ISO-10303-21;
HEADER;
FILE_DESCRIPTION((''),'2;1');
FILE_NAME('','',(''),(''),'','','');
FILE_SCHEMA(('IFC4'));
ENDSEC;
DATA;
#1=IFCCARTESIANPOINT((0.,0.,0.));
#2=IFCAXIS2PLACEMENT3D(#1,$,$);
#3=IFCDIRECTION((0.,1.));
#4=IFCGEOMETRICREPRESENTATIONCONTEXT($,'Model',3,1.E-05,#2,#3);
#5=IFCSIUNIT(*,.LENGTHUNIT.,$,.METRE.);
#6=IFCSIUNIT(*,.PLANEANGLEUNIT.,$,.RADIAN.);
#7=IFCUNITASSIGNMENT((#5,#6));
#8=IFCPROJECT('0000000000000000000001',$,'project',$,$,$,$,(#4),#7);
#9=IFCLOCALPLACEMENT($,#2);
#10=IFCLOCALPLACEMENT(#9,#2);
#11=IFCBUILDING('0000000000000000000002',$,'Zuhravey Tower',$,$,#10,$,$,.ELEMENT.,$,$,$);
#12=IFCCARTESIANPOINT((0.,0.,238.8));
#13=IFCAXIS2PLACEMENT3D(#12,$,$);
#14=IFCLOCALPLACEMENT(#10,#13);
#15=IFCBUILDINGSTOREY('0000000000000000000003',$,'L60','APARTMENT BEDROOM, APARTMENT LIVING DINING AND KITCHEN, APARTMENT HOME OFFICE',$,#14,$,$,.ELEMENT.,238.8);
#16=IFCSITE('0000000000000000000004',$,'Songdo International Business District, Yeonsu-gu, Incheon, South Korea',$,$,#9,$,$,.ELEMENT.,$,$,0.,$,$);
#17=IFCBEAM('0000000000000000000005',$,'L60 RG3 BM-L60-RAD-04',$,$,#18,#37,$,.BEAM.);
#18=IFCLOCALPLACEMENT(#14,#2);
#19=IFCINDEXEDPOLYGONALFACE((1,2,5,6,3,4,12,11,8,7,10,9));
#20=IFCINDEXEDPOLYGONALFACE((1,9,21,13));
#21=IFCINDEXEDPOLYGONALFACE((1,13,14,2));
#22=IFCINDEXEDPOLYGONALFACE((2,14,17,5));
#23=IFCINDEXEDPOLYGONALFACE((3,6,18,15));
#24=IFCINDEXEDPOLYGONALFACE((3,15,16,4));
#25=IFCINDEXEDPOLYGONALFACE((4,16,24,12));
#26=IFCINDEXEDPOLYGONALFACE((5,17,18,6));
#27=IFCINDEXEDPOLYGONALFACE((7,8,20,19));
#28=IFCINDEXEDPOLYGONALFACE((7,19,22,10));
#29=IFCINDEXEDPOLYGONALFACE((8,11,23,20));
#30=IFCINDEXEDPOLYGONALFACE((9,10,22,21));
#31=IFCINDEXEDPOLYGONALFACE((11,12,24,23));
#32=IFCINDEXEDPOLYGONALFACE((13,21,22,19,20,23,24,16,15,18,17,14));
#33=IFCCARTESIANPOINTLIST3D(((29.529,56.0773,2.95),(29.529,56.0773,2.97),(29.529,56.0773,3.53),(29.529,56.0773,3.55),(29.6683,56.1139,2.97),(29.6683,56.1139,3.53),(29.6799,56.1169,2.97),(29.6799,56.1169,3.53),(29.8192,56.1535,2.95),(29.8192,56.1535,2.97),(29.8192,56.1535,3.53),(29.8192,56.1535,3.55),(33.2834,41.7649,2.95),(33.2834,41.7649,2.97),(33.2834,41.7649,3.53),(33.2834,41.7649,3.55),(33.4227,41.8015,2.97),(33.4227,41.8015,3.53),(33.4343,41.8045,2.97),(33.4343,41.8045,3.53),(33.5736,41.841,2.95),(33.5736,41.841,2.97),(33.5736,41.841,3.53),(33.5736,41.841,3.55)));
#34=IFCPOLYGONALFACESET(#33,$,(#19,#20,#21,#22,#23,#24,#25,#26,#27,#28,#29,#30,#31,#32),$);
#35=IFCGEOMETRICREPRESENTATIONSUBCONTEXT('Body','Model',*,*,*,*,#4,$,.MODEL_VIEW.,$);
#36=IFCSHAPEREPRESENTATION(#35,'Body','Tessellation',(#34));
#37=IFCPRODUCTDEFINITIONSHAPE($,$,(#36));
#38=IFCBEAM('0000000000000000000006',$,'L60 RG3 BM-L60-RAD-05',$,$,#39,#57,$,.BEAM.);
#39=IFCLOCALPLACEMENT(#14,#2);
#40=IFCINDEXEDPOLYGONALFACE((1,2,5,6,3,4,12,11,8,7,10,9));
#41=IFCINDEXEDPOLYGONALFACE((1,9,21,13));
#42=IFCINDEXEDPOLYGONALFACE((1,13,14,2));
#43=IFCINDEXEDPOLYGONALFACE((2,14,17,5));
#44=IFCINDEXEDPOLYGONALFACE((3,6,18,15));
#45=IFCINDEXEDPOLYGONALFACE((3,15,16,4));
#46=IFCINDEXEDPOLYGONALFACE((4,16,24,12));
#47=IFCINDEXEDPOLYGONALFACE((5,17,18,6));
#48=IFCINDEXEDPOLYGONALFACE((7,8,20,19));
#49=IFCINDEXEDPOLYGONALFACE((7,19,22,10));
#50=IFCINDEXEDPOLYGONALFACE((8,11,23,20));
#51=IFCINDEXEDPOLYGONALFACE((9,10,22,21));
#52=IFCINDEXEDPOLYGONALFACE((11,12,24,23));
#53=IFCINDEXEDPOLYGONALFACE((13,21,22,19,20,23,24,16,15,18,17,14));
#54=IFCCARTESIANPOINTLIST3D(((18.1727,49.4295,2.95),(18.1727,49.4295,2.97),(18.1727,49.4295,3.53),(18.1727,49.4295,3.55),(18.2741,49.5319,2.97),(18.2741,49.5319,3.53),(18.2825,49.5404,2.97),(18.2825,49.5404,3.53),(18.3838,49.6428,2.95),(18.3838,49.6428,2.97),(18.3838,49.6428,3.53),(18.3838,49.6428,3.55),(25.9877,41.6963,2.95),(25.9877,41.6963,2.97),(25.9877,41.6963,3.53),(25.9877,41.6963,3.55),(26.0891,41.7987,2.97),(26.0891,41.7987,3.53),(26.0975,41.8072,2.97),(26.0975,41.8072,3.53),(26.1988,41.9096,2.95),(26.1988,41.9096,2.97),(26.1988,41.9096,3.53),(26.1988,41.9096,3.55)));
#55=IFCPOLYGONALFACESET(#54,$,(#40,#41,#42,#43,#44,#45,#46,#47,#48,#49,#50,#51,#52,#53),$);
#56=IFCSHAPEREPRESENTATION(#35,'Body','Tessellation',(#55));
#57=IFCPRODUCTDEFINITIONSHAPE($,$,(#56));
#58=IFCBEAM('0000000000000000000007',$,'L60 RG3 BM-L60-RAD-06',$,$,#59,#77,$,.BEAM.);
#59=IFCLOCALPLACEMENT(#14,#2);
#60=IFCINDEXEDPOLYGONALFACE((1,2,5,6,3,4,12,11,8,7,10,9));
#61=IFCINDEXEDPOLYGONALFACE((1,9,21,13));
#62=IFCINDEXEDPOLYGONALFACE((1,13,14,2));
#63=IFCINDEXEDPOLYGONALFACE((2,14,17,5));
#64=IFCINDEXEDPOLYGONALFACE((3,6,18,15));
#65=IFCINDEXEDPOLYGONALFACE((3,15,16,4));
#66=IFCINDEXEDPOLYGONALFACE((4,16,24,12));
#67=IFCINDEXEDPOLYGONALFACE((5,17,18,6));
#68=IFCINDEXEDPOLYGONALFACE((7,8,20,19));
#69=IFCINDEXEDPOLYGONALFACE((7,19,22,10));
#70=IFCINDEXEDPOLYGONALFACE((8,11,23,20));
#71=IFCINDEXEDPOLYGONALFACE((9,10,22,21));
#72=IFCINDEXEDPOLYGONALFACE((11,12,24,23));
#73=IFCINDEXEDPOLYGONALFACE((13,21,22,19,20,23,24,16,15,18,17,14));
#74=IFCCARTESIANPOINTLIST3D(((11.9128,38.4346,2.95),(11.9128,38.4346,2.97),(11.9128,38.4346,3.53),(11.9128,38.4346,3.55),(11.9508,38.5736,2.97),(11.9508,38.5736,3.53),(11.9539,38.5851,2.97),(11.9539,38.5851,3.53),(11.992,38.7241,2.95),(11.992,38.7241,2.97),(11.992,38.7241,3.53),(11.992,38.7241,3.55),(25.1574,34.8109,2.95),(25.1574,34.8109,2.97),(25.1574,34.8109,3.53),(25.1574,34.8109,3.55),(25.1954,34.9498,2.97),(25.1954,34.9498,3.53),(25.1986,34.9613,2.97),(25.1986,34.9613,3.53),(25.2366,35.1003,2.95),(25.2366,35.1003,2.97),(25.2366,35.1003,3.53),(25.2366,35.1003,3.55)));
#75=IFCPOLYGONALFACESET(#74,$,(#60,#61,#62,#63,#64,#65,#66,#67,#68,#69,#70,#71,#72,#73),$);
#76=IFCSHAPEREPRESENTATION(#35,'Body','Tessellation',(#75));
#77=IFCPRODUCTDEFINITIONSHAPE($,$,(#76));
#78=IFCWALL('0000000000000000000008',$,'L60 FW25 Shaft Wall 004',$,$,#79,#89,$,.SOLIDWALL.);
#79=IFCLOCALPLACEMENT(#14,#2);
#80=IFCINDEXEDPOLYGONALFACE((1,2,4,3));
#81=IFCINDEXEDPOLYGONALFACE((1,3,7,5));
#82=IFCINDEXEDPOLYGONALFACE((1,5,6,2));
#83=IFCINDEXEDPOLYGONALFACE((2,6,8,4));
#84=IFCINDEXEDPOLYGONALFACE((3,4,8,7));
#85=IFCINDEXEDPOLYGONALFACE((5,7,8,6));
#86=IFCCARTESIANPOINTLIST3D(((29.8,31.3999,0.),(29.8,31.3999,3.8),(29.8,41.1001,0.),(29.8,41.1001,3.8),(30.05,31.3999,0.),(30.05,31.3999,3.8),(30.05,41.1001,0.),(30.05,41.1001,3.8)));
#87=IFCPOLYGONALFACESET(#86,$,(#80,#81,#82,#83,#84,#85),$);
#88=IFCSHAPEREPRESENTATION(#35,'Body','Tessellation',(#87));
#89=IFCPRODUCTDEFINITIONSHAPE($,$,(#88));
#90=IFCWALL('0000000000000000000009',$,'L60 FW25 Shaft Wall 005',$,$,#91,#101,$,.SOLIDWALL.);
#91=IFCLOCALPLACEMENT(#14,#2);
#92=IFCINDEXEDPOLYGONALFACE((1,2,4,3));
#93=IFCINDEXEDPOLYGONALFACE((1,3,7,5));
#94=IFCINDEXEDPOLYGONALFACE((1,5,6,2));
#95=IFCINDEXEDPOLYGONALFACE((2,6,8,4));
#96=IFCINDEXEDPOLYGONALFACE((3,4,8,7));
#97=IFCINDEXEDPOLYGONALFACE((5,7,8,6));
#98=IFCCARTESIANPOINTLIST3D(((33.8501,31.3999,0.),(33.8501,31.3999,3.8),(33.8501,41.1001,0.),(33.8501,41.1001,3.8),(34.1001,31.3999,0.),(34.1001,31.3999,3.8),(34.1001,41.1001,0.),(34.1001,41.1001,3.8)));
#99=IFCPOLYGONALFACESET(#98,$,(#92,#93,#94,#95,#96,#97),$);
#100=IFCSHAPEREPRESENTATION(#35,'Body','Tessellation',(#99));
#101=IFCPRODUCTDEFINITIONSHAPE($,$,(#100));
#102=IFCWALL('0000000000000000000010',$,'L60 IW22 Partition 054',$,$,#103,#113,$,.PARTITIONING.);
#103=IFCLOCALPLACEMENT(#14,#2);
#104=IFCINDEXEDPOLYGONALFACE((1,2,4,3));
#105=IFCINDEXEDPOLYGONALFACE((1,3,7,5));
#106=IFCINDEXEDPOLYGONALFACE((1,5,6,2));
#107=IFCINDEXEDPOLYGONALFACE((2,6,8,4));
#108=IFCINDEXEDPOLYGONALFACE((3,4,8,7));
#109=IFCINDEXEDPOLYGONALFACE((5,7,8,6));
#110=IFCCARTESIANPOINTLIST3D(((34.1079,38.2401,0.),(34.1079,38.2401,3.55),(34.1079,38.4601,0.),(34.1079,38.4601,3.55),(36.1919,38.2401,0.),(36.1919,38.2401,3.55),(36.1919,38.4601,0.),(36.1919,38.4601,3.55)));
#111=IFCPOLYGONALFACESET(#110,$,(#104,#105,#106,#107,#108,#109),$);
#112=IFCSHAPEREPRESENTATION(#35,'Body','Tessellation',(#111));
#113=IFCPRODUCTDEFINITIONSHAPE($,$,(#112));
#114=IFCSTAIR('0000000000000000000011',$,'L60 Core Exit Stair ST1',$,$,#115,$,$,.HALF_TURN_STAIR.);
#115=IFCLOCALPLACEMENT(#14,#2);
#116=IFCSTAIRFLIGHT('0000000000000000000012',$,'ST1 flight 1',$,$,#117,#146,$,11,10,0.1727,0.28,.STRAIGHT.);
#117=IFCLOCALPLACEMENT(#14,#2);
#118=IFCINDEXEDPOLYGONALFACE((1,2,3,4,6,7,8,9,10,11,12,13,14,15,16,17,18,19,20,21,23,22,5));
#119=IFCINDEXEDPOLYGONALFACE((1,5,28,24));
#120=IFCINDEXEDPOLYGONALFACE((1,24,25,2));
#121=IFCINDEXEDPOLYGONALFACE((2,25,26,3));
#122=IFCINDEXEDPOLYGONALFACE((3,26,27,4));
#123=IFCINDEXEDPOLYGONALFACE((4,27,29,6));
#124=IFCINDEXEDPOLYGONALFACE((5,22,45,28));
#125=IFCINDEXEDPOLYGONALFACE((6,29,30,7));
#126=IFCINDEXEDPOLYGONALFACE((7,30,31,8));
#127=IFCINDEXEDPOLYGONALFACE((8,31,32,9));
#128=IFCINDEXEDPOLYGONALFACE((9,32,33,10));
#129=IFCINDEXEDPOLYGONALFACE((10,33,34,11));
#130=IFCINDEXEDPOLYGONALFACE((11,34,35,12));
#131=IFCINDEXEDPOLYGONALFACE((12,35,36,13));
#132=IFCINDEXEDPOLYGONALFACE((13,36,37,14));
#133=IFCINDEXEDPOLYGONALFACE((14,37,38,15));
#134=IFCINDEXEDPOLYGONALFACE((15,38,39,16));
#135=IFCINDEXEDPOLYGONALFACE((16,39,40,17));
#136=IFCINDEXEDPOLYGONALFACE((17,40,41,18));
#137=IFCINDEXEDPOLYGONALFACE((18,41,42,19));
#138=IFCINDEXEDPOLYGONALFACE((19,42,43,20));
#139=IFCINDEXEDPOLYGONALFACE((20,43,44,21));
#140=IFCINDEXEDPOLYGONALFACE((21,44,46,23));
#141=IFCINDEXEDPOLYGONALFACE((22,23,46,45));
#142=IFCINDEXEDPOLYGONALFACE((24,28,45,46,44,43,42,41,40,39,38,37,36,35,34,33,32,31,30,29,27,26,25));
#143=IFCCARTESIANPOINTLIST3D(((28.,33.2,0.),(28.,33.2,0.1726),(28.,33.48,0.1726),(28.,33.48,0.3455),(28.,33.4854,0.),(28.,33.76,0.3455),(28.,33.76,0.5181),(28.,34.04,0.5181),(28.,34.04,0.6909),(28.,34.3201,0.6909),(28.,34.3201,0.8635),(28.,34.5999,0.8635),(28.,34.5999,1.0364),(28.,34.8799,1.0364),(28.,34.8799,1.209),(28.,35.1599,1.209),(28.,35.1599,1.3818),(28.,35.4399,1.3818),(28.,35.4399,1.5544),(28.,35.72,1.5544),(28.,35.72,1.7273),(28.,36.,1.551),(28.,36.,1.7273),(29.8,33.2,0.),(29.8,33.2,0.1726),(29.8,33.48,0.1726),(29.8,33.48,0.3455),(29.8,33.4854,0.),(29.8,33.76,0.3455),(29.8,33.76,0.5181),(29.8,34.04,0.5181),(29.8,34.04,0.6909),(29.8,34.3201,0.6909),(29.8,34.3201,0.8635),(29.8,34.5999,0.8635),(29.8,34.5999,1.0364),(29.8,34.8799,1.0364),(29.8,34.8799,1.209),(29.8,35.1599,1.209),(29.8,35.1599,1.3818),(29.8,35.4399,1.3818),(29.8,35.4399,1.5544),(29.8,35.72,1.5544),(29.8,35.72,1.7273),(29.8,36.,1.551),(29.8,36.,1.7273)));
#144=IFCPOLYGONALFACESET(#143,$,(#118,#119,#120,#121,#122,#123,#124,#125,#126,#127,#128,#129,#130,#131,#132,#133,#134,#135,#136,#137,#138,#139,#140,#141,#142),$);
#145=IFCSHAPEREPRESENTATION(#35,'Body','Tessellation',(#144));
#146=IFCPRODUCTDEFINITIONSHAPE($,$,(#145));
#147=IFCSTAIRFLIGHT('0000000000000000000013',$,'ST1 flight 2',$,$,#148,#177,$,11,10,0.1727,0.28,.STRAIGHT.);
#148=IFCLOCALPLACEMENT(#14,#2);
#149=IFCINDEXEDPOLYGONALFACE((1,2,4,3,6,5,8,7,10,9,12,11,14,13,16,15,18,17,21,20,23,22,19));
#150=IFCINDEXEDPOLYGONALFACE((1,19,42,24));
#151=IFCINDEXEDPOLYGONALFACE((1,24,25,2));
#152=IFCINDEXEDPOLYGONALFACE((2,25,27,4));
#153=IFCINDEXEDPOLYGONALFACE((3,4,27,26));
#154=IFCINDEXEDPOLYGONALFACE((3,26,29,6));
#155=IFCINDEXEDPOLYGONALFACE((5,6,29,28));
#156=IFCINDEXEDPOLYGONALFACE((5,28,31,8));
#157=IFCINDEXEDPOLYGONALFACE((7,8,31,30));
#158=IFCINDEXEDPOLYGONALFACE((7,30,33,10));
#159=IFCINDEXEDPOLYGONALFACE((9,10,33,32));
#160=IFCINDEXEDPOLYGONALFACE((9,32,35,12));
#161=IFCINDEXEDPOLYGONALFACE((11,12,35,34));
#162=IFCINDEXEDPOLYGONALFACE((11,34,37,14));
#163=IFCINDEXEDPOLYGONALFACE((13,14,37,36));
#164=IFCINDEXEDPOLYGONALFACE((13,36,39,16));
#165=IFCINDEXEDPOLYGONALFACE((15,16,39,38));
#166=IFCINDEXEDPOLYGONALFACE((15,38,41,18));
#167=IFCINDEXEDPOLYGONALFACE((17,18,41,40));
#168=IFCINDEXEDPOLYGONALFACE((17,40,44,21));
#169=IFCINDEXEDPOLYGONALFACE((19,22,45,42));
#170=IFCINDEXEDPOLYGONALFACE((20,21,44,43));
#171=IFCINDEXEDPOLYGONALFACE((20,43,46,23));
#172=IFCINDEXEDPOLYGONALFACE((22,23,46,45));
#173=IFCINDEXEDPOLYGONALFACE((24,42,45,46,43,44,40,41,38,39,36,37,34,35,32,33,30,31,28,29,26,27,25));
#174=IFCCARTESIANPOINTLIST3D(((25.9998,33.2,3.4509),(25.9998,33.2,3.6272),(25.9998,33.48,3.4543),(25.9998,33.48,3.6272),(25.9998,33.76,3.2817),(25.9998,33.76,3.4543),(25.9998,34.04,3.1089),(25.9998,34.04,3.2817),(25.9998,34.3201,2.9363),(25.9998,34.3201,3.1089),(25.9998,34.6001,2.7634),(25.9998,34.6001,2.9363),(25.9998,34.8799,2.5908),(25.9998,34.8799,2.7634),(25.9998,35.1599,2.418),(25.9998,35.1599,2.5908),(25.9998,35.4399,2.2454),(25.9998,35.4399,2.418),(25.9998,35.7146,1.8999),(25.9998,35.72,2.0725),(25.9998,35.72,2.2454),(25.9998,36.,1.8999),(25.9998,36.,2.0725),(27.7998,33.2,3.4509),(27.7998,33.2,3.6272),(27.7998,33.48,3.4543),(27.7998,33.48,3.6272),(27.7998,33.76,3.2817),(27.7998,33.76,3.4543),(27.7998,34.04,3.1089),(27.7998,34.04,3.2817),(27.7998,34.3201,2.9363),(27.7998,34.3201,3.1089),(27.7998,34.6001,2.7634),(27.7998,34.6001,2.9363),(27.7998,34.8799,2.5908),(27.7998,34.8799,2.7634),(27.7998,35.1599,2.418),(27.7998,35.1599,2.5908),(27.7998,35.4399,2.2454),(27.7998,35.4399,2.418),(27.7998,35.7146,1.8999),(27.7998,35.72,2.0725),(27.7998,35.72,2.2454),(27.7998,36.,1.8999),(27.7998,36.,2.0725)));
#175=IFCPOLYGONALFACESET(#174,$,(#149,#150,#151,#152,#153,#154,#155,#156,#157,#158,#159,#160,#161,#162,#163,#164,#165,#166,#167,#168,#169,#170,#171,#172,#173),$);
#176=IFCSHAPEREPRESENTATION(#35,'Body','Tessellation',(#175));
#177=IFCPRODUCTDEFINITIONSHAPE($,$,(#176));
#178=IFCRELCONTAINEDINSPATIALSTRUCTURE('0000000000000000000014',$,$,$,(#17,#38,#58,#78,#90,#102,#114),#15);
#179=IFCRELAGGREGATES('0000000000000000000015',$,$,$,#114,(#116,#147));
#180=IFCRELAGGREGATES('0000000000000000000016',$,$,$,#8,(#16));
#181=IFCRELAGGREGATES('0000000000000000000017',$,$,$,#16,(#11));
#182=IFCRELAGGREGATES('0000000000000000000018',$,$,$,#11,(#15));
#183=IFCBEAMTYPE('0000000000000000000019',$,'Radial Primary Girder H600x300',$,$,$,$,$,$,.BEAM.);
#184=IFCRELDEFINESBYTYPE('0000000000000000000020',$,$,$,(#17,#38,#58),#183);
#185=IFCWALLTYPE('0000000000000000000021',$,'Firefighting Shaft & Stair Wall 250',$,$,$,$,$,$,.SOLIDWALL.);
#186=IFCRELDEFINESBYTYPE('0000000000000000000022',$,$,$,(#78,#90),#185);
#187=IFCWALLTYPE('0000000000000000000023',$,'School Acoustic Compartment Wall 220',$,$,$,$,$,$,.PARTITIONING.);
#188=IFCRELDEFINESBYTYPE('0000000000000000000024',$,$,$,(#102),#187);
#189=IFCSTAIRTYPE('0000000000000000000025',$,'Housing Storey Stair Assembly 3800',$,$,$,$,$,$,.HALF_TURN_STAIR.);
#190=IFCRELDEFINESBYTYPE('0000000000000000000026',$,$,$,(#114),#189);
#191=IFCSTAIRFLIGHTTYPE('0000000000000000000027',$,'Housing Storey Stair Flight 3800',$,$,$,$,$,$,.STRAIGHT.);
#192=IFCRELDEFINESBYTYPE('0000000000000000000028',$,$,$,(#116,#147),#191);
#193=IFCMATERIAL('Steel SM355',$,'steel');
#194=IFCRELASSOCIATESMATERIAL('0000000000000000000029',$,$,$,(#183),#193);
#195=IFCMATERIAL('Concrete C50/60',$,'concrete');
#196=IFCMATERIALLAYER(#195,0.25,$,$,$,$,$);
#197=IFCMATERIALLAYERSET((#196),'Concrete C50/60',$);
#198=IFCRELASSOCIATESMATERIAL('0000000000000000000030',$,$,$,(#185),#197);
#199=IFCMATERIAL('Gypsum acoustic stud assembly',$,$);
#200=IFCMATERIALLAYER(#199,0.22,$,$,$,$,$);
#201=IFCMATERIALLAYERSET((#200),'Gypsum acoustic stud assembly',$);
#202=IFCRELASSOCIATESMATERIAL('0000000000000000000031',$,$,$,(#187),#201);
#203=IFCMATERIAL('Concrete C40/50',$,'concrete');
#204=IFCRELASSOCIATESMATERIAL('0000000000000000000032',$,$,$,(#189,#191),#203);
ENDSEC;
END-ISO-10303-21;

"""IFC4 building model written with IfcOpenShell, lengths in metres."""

from ifc_helpers import new_model, si_unit, direction, frame, frame_2d, origin, origin_2d, place, context, subcontext, project, spatial, polyline, rectangle, i_section, outline, extrude, material, layer, layer_set, material_profile, profile_set, type_object, element, aggregate, save


model = new_model("IFC4")

# Units and contexts
model_context = context("Model", 3, precision=1e-05, world=origin(), true_north=direction((0.0, 1.0)))
body_context = subcontext(model_context, "Body", "Model", "MODEL_VIEW")
ifc_project = project(units=[si_unit("LENGTHUNIT", "METRE"), si_unit("PLANEANGLEUNIT", "RADIAN")], contexts=[model_context])

# Site, building, storey
site_placement = place(None, origin())
site = spatial("IfcSite", under=ifc_project, at=site_placement, Name="Songdo International Business District, Yeonsu-gu, Incheon, South Korea", CompositionType="ELEMENT", RefElevation=0.0)
building_placement = place(site_placement, origin())
building = spatial("IfcBuilding", under=site, at=building_placement, Name="Zuhravey Tower", CompositionType="ELEMENT")
storey_placement = place(building_placement, frame((0.0, 0.0, 238.8)))
storey = spatial("IfcBuildingStorey", under=building, at=storey_placement, Name="L60", Description="APARTMENT BEDROOM, APARTMENT LIVING DINING AND KITCHEN, APARTMENT HOME OFFICE", CompositionType="ELEMENT", Elevation=238.8)

# Beams
ifc_material_1 = material(Name="Steel SM355", Category="steel")
ifc_material_profile = material_profile(ifc_material_1, i_section(OverallWidth=0.3, OverallDepth=0.6001, WebThickness=0.012, FlangeThickness=0.02, at=origin_2d()), Name="H-600x300x12x20")
ifc_profile_set = profile_set([ifc_material_profile], Name="Steel SM355")
beam_type = type_object("IfcBeamType", Name="Radial Primary Girder H600x300", PredefinedType="BEAM", material=ifc_profile_set)
beam_1_placement = place(storey_placement, frame((33.4285, 41.803, 3.25), z_axis=(-0.253731, 0.967275, 0.0), x_axis=(-0.967275, -0.253731, 0.0)))
element("IfcBeam", 1, at=beam_1_placement, inside=storey, type_object=beam_type, Name="L60 RG3 BM-L60-RAD-04", PredefinedType="BEAM", context=body_context, shape_type="SweptSolid", body=[
    extrude(i_section(OverallWidth=0.3, OverallDepth=0.6001, WebThickness=0.012, FlangeThickness=0.02, at=origin_2d()), origin(), (0.0, 0.0, 1.0), 14.7966),
])
beam_2_placement = place(storey_placement, frame((26.0933, 41.803, 3.25), z_axis=(-0.710817, 0.703377, 0.0), x_axis=(-0.703377, -0.710817, 0.0)))
element("IfcBeam", 2, at=beam_2_placement, inside=storey, type_object=beam_type, Name="L60 RG3 BM-L60-RAD-05", PredefinedType="BEAM", context=body_context, shape_type="SweptSolid", body=[
    extrude(i_section(OverallWidth=0.3, OverallDepth=0.6001, WebThickness=0.012, FlangeThickness=0.02, at=origin_2d()), origin(), (0.0, 0.0, 1.0), 10.9944),
])
beam_3_placement = place(storey_placement, frame((25.197, 34.9556, 3.25), z_axis=(-0.964549, 0.263904, 0.0), x_axis=(-0.263904, -0.964549, 0.0)))
element("IfcBeam", 3, at=beam_3_placement, inside=storey, type_object=beam_type, Name="L60 RG3 BM-L60-RAD-06", PredefinedType="BEAM", context=body_context, shape_type="SweptSolid", body=[
    extrude(i_section(OverallWidth=0.3, OverallDepth=0.6001, WebThickness=0.012, FlangeThickness=0.02, at=origin_2d()), origin(), (0.0, 0.0, 1.0), 13.7314),
])

# Shared definitions
ifc_material_2 = material(Name="Concrete C50/60", Category="concrete")
ifc_layer_1 = layer(ifc_material_2, 0.25)
ifc_layer_set_1 = layer_set([ifc_layer_1], Name="Concrete C50/60")
wall_type_1 = type_object("IfcWallType", Name="Firefighting Shaft & Stair Wall 250", PredefinedType="SOLIDWALL", material=ifc_layer_set_1)

# Walls
for number, where, z_axis, x_axis, name in (
    (4, (29.925, 31.3999, 0.0), (0.0, 0.0, 1.0), (0.0, 1.0, 0.0), "L60 FW25 Shaft Wall 004"),
    (5, (33.9751, 31.3999, 0.0), (0.0, 0.0, 1.0), (0.0, 1.0, 0.0), "L60 FW25 Shaft Wall 005"),
):
    element("IfcWall", number, at=place(storey_placement, frame(where, z_axis=z_axis, x_axis=x_axis)), inside=storey, type_object=wall_type_1, Name=name, PredefinedType="SOLIDWALL", context=body_context, shape_type="SweptSolid", body=[
        extrude(rectangle(XDim=9.7002, YDim=0.25, at=frame_2d((4.8501, 0.0))), origin(), (0.0, 0.0, 1.0), 3.8),
    ])
ifc_material_3 = material(Name="Gypsum acoustic stud assembly")
ifc_layer_2 = layer(ifc_material_3, 0.22)
ifc_layer_set_2 = layer_set([ifc_layer_2], Name="Gypsum acoustic stud assembly")
wall_type_2 = type_object("IfcWallType", Name="School Acoustic Compartment Wall 220", PredefinedType="PARTITIONING", material=ifc_layer_set_2)
wall_1_placement = place(storey_placement, frame((34.1079, 38.3501, 0.0), z_axis=(0.0, 0.0, 1.0), x_axis=(1.0, 0.0, 0.0)))
element("IfcWall", 6, at=wall_1_placement, inside=storey, type_object=wall_type_2, Name="L60 IW22 Partition 054", PredefinedType="PARTITIONING", context=body_context, shape_type="SweptSolid", body=[
    extrude(rectangle(XDim=2.084, YDim=0.22, at=frame_2d((1.042, 0.0))), origin(), (0.0, 0.0, 1.0), 3.55),
])

# Stair, stair flights
ifc_material_4 = material(Name="Concrete C40/50", Category="concrete")
stair_type = type_object("IfcStairType", Name="Housing Storey Stair Assembly 3800", PredefinedType="HALF_TURN_STAIR", material=ifc_material_4)
stair_1_placement = place(storey_placement, origin())
stair_1 = element("IfcStair", 7, at=stair_1_placement, inside=storey, type_object=stair_type, Name="L60 Core Exit Stair ST1", PredefinedType="HALF_TURN_STAIR")
stair_flight_type = type_object("IfcStairFlightType", Name="Housing Storey Stair Flight 3800", PredefinedType="STRAIGHT", material=ifc_material_4)
stair_flight_1_placement = place(storey_placement, frame((28.8999, 33.2, 0.0), z_axis=(0.0, 0.0, 1.0), x_axis=(0.0, 1.0, 0.0)))
stair_flight_1 = element("IfcStairFlight", 8, at=stair_flight_1_placement, type_object=stair_flight_type, Name="ST1 flight 1", NumberOfRisers=11, NumberOfTreads=10, PredefinedType="STRAIGHT", RiserHeight=0.1727, TreadLength=0.28, context=body_context, shape_type="SweptSolid", body=[
    extrude(outline(polyline([(0.0, 0.0), (0.0, 0.1726), (0.28, 0.1726), (0.28, 0.3455), (0.5601, 0.3455), (0.5601, 0.5181), (0.8401, 0.5181), (0.8401, 0.6909), (1.1201, 0.6909), (1.1201, 0.8635), (1.3999, 0.8635), (1.3999, 1.0364), (1.6799, 1.0364), (1.6799, 1.209), (1.96, 1.209), (1.96, 1.3818), (2.24, 1.3818), (2.24, 1.5544), (2.52, 1.5544), (2.52, 1.7273), (2.8, 1.7273), (2.8, 1.8999), (2.8, 1.551), (0.2854, 0.0), (0.0, 0.0)])), frame((0.0, 0.8999, 0.0), z_axis=(0.0, -1.0, 0.0), x_axis=(1.0, 0.0, 0.0)), (0.0, 0.0, 1.0), 1.8),
])
stair_flight_2_placement = place(storey_placement, frame((26.8999, 36.0, 1.8999), z_axis=(0.0, 0.0, 1.0), x_axis=(0.0, -1.0, 0.0)))
stair_flight_2 = element("IfcStairFlight", 9, at=stair_flight_2_placement, type_object=stair_flight_type, Name="ST1 flight 2", NumberOfRisers=11, NumberOfTreads=10, PredefinedType="STRAIGHT", RiserHeight=0.1727, TreadLength=0.28, context=body_context, shape_type="SweptSolid", body=[
    extrude(outline(polyline([(0.0, 0.0), (0.0, 0.1726), (0.28, 0.1726), (0.28, 0.3455), (0.5601, 0.3455), (0.5601, 0.5181), (0.8401, 0.5181), (0.8401, 0.6909), (1.1201, 0.6909), (1.1201, 0.8635), (1.3999, 0.8635), (1.3999, 1.0364), (1.6799, 1.0364), (1.6799, 1.209), (1.96, 1.209), (1.96, 1.3818), (2.24, 1.3818), (2.24, 1.5544), (2.52, 1.5544), (2.52, 1.7273), (2.8, 1.7273), (2.8, 1.8999), (2.8, 1.551), (0.2854, 0.0), (0.0, 0.0)])), frame((0.0, 0.8999, 0.0), z_axis=(0.0, -1.0, 0.0), x_axis=(1.0, 0.0, 0.0)), (0.0, 0.0, 1.0), 1.8),
])
aggregate(stair_1, [stair_flight_1, stair_flight_2])

save(model, "model.ifc")
